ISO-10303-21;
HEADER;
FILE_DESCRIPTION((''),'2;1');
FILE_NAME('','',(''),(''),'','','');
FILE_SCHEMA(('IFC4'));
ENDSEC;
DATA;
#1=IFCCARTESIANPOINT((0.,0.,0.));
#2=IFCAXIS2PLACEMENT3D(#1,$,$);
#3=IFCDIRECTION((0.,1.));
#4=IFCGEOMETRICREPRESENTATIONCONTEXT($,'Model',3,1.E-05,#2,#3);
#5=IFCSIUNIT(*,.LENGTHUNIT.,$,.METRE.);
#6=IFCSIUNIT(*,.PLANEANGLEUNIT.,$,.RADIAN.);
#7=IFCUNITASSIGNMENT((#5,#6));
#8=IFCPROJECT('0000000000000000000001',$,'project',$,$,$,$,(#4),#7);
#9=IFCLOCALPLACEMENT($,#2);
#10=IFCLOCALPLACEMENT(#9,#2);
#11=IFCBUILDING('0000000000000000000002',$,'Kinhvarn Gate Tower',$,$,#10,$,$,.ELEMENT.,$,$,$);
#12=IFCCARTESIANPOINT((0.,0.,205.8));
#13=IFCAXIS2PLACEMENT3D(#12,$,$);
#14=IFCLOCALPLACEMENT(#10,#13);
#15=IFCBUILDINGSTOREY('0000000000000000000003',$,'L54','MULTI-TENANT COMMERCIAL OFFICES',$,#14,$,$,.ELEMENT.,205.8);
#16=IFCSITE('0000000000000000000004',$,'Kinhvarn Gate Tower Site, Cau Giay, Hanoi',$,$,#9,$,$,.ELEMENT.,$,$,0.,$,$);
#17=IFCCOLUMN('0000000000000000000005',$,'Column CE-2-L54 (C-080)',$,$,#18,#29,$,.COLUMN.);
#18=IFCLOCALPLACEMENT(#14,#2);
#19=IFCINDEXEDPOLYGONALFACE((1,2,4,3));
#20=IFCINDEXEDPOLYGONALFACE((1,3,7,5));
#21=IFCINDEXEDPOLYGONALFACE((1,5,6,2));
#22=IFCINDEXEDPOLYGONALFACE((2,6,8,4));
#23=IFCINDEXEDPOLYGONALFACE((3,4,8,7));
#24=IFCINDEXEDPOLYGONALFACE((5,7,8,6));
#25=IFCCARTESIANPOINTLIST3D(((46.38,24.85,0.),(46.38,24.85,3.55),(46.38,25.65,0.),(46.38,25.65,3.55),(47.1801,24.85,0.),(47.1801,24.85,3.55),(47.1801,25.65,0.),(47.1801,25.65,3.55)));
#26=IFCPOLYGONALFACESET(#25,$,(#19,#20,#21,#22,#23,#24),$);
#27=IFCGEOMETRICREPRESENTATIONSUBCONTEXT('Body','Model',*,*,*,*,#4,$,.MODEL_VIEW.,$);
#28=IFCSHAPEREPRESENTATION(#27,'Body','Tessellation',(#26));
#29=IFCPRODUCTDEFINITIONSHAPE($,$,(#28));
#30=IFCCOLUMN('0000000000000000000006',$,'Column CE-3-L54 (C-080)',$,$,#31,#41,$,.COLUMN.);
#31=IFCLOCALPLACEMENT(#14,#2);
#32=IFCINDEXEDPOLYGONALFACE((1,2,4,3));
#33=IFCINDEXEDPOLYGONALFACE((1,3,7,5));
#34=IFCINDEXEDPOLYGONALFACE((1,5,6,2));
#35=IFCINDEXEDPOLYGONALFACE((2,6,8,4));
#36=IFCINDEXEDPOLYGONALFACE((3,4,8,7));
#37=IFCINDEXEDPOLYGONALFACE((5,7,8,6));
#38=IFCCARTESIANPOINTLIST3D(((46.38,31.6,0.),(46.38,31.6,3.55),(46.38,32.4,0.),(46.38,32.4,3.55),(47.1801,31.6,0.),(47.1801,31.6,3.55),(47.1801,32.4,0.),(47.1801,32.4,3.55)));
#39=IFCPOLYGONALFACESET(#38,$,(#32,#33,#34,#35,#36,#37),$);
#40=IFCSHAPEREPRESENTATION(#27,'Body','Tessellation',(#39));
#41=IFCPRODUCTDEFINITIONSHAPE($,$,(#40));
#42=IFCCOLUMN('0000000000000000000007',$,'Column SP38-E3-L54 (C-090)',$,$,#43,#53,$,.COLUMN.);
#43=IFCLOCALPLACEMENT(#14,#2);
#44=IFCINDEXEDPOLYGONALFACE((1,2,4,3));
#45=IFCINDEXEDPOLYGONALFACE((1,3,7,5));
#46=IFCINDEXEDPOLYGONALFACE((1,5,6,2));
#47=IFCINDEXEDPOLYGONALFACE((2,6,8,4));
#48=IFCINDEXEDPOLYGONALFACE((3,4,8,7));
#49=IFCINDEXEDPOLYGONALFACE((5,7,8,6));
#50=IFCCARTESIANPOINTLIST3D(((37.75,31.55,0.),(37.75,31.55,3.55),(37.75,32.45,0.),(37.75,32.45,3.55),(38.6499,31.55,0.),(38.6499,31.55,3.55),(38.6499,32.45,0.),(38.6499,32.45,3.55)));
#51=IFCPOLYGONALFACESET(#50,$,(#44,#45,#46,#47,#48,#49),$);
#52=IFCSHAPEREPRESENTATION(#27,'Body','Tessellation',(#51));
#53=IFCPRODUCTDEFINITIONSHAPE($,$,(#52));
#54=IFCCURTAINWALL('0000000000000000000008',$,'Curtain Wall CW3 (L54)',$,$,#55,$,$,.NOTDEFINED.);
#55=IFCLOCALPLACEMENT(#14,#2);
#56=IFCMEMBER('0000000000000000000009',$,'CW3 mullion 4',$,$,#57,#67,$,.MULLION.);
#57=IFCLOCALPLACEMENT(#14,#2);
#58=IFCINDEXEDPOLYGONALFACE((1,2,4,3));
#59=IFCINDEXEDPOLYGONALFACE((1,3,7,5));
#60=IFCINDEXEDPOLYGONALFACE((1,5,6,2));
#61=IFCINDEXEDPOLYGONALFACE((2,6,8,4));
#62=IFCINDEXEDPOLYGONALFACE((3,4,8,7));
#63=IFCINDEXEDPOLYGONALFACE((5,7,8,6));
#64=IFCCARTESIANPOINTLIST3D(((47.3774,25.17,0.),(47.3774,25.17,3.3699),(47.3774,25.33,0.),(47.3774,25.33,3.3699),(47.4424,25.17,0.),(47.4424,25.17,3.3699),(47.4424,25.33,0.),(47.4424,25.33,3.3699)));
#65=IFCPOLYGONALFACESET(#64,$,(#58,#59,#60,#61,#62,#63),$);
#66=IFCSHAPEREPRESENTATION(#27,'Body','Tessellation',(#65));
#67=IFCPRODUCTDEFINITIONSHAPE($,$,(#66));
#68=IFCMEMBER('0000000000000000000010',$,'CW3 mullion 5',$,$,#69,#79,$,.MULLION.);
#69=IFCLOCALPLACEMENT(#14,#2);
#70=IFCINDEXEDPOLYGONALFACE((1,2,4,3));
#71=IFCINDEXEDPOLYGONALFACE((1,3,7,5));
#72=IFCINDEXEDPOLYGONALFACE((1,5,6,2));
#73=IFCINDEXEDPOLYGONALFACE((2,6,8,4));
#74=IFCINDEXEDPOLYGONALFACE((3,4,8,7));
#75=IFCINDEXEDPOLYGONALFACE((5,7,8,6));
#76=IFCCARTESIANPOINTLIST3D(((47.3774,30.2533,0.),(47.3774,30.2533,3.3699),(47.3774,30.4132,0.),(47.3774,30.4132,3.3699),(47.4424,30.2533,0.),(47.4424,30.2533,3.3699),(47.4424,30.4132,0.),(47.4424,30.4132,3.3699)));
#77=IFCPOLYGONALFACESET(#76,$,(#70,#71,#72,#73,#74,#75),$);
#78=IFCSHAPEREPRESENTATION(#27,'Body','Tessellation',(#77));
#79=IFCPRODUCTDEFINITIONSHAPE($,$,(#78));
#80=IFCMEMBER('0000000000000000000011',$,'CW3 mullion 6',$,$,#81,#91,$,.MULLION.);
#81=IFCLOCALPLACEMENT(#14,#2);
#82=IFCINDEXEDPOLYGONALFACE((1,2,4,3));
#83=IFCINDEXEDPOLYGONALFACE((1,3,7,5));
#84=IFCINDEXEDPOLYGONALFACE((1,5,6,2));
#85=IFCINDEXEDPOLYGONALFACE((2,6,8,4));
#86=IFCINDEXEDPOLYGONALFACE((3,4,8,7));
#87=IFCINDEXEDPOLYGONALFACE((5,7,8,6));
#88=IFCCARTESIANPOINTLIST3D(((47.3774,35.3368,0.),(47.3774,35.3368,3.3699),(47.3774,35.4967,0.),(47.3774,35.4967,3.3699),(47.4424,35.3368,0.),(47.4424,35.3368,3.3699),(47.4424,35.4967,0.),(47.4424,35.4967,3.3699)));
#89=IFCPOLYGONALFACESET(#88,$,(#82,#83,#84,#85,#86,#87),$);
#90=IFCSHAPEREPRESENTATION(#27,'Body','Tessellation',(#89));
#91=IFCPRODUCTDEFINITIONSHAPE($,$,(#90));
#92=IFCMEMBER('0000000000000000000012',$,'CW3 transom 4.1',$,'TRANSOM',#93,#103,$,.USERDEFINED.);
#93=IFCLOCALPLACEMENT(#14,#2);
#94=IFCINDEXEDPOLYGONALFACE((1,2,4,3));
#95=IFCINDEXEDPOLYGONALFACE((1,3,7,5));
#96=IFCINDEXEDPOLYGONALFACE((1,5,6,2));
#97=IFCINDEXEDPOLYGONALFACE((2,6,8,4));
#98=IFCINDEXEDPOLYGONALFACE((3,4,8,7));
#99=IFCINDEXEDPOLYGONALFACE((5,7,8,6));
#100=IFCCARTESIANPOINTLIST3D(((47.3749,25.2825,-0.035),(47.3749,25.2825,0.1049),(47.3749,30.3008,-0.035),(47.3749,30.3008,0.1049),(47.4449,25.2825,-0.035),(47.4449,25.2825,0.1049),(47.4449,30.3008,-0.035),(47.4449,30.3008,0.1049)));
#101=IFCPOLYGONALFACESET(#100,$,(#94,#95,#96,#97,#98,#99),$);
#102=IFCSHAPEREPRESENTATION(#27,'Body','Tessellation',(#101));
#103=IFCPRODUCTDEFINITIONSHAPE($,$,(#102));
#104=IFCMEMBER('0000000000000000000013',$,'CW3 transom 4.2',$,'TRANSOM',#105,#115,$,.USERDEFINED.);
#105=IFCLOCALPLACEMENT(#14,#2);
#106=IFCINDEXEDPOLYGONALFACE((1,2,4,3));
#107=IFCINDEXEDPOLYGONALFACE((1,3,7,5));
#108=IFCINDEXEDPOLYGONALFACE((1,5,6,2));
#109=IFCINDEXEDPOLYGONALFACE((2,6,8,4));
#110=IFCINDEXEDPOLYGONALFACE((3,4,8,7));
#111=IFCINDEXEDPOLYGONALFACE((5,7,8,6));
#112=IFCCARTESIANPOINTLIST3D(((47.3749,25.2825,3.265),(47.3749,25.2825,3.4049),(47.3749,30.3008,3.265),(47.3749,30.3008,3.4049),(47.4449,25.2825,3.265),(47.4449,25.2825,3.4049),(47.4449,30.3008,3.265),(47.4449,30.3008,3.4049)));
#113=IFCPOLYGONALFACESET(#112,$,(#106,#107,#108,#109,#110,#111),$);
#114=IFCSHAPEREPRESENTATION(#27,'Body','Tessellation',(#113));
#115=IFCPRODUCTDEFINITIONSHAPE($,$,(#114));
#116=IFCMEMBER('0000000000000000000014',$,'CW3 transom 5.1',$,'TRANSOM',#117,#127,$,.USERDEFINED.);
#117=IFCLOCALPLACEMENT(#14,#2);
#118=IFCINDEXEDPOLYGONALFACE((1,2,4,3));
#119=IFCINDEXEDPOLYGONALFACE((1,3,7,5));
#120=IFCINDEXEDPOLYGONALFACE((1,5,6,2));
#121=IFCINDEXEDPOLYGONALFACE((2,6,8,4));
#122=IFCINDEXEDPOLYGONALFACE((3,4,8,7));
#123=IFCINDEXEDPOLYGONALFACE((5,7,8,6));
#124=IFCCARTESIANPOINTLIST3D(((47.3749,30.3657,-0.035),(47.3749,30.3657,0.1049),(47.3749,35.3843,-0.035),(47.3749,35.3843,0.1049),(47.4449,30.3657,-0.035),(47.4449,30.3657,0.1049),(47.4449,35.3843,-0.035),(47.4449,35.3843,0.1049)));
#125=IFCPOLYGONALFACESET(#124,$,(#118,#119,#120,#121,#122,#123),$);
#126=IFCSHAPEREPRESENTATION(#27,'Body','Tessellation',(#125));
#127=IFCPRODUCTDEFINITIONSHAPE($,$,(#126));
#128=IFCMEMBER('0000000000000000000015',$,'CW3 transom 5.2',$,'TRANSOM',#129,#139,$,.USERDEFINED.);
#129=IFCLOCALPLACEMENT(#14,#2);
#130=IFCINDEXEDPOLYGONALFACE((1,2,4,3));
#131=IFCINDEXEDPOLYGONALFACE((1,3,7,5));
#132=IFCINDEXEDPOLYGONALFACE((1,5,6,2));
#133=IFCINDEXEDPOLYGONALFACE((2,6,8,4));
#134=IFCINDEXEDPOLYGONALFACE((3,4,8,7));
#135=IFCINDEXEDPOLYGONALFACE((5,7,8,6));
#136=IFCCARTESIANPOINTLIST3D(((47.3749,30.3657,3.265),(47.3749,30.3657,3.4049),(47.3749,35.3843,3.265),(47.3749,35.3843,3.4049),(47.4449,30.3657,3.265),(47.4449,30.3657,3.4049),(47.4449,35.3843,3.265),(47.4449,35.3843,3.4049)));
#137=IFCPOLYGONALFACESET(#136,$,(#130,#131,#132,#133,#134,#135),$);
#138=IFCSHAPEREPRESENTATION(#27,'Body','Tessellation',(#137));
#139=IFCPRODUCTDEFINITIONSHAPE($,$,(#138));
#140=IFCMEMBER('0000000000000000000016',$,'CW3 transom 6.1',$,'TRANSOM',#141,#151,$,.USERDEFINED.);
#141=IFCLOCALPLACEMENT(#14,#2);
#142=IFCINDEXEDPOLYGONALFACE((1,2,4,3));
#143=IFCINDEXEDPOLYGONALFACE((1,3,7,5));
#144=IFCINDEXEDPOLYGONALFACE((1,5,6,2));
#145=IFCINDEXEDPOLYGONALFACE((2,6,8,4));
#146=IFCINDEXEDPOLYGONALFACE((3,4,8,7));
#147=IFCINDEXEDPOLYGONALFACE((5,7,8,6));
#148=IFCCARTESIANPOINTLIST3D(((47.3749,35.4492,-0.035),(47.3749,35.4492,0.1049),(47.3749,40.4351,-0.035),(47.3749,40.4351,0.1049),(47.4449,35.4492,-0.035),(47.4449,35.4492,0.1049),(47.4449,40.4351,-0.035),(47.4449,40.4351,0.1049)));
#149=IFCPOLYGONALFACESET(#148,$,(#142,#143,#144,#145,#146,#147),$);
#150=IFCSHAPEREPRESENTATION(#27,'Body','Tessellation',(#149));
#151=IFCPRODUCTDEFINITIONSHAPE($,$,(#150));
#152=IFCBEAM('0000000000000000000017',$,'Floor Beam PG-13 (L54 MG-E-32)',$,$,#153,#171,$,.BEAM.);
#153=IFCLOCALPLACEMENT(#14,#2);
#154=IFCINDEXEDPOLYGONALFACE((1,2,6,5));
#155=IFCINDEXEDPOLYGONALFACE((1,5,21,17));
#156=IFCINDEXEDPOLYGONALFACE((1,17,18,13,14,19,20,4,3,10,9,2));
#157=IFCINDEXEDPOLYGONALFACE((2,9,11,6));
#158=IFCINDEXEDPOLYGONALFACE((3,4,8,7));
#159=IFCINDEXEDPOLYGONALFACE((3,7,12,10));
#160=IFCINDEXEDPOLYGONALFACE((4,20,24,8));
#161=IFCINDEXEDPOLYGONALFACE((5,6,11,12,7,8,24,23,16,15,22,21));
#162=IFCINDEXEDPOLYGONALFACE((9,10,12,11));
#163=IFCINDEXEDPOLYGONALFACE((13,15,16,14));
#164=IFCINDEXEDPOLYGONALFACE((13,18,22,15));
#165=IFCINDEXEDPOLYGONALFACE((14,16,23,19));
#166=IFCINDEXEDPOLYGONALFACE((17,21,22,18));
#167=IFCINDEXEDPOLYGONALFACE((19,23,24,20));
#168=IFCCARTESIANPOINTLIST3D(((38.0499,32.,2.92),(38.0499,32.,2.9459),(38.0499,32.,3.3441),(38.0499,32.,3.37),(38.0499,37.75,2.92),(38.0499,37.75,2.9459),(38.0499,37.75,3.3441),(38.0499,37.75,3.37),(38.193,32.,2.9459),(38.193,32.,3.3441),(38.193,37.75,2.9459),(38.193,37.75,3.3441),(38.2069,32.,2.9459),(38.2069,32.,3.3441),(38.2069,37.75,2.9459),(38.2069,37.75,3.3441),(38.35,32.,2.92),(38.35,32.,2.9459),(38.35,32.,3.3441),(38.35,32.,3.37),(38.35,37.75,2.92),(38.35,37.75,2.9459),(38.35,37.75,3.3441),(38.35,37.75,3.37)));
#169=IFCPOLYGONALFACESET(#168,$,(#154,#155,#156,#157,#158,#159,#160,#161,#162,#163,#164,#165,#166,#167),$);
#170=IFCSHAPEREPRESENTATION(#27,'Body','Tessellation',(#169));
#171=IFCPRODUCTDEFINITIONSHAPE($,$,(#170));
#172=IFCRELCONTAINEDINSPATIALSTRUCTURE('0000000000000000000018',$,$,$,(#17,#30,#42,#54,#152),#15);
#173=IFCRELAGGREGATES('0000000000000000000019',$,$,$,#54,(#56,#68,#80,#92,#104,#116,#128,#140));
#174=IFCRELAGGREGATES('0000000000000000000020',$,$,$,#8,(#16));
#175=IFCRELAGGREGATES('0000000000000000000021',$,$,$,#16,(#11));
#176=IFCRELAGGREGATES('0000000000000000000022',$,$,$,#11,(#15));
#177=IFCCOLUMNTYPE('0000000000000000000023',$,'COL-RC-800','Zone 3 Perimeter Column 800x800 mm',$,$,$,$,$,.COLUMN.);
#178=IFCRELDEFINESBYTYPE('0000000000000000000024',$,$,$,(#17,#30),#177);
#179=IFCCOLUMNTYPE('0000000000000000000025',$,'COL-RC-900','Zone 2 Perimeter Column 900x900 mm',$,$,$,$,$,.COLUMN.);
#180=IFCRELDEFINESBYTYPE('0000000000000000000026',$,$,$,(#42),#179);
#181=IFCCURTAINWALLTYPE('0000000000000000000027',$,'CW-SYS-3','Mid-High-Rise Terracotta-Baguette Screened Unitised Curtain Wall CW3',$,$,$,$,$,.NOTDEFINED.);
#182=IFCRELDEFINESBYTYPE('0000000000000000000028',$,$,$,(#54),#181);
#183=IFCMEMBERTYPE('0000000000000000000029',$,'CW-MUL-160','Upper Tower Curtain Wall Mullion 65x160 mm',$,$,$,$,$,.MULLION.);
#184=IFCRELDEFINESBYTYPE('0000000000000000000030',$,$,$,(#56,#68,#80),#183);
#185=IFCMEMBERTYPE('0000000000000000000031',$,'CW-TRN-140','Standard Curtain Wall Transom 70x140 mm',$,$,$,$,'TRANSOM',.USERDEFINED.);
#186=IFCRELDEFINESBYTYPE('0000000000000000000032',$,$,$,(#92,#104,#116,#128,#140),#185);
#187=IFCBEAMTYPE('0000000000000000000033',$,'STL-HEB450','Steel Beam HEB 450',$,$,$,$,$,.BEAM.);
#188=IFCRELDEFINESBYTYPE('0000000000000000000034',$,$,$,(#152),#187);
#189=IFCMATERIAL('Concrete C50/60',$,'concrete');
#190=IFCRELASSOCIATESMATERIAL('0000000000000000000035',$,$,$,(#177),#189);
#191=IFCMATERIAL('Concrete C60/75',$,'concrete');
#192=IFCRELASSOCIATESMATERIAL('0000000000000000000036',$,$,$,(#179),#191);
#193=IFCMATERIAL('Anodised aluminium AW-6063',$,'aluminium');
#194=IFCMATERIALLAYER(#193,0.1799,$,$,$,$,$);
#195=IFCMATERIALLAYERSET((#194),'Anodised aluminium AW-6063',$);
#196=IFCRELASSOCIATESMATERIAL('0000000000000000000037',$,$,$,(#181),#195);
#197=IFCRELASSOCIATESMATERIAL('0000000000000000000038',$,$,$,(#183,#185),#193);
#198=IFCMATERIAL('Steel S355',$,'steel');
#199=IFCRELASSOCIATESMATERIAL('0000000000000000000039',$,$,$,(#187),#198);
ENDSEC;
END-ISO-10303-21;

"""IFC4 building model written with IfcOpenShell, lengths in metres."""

from ifc_helpers import new_model, si_unit, direction, frame, origin, origin_2d, place, context, subcontext, project, spatial, rectangle, i_section, extrude, material, layer, layer_set, material_profile, profile_set, type_object, element, aggregate, save


model = new_model("IFC4")

# Units and contexts
model_context = context("Model", 3, precision=1e-05, world=origin(), true_north=direction((0.0, 1.0)))
body_context = subcontext(model_context, "Body", "Model", "MODEL_VIEW")
ifc_project = project(units=[si_unit("LENGTHUNIT", "METRE"), si_unit("PLANEANGLEUNIT", "RADIAN")], contexts=[model_context])

# Site, building, storey
site_placement = place(None, origin())
site = spatial("IfcSite", under=ifc_project, at=site_placement, Name="Kinhvarn Gate Tower Site, Cau Giay, Hanoi", CompositionType="ELEMENT", RefElevation=0.0)
building_placement = place(site_placement, origin())
building = spatial("IfcBuilding", under=site, at=building_placement, Name="Kinhvarn Gate Tower", CompositionType="ELEMENT")
storey_placement = place(building_placement, frame((0.0, 0.0, 205.8)))
storey = spatial("IfcBuildingStorey", under=building, at=storey_placement, Name="L54", Description="MULTI-TENANT COMMERCIAL OFFICES", CompositionType="ELEMENT", Elevation=205.8)

# Columns
ifc_material_1 = material(Name="Concrete C50/60", Category="concrete")
ifc_material_profile_1 = material_profile(ifc_material_1, rectangle(XDim=0.8, YDim=0.8, at=origin_2d()), Name="RC 800x800")
ifc_profile_set_1 = profile_set([ifc_material_profile_1], Name="Concrete C50/60")
column_type_1 = type_object("IfcColumnType", Name="COL-RC-800", Description="Zone 3 Perimeter Column 800x800 mm", PredefinedType="COLUMN", material=ifc_profile_set_1)
for number, where, z_axis, x_axis, name in (
    (1, (46.78, 25.25, 0.0), (0.0, 0.0, 1.0), (1.0, 0.0, 0.0), "Column CE-2-L54 (C-080)"),
    (2, (46.78, 32.0, 0.0), (0.0, 0.0, 1.0), (1.0, 0.0, 0.0), "Column CE-3-L54 (C-080)"),
):
    element("IfcColumn", number, at=place(storey_placement, frame(where, z_axis=z_axis, x_axis=x_axis)), inside=storey, type_object=column_type_1, Name=name, PredefinedType="COLUMN", context=body_context, shape_type="SweptSolid", body=[
        extrude(rectangle(XDim=0.8, YDim=0.8, at=origin_2d()), origin(), (0.0, 0.0, 1.0), 3.55),
    ])
ifc_material_2 = material(Name="Concrete C60/75", Category="concrete")
ifc_material_profile_2 = material_profile(ifc_material_2, rectangle(XDim=0.8999, YDim=0.8999, at=origin_2d()), Name="RC 900x900")
ifc_profile_set_2 = profile_set([ifc_material_profile_2], Name="Concrete C60/75")
column_type_2 = type_object("IfcColumnType", Name="COL-RC-900", Description="Zone 2 Perimeter Column 900x900 mm", PredefinedType="COLUMN", material=ifc_profile_set_2)
column_placement = place(storey_placement, frame((38.2, 32.0, 0.0), z_axis=(0.0, 0.0, 1.0), x_axis=(1.0, 0.0, 0.0)))
element("IfcColumn", 3, at=column_placement, inside=storey, type_object=column_type_2, Name="Column SP38-E3-L54 (C-090)", PredefinedType="COLUMN", context=body_context, shape_type="SweptSolid", body=[
    extrude(rectangle(XDim=0.8999, YDim=0.8999, at=origin_2d()), origin(), (0.0, 0.0, 1.0), 3.55),
])

# Curtain wall, members
ifc_material_3 = material(Name="Anodised aluminium AW-6063", Category="aluminium")
ifc_layer_1 = layer(ifc_material_3, 0.1799)
ifc_layer_set_1 = layer_set([ifc_layer_1], Name="Anodised aluminium AW-6063")
curtain_wall_type = type_object("IfcCurtainWallType", Name="CW-SYS-3", Description="Mid-High-Rise Terracotta-Baguette Screened Unitised Curtain Wall CW3", PredefinedType="NOTDEFINED", material=ifc_layer_set_1)
curtain_wall_placement = place(storey_placement, origin())
curtain_wall = element("IfcCurtainWall", 4, at=curtain_wall_placement, inside=storey, type_object=curtain_wall_type, Name="Curtain Wall CW3 (L54)", PredefinedType="NOTDEFINED")
ifc_material_profile_3 = material_profile(ifc_material_3, rectangle(XDim=0.0649, YDim=0.1599, at=origin_2d()), Name="ALU 65x160")
ifc_profile_set_3 = profile_set([ifc_material_profile_3], Name="Anodised aluminium AW-6063")
member_type_1 = type_object("IfcMemberType", Name="CW-MUL-160", Description="Upper Tower Curtain Wall Mullion 65x160 mm", PredefinedType="MULLION", material=ifc_profile_set_3)
member_1_placement = place(storey_placement, frame((47.4099, 25.25, 0.0), z_axis=(0.0, 0.0, 1.0), x_axis=(-1.0, 0.0, 0.0)))
member_1 = element("IfcMember", 5, at=member_1_placement, type_object=member_type_1, Name="CW3 mullion 4", PredefinedType="MULLION", context=body_context, shape_type="SweptSolid", body=[
    extrude(rectangle(XDim=0.0649, YDim=0.1599, at=origin_2d()), origin(), (0.0, 0.0, 1.0), 3.3699),
])
member_2_placement = place(storey_placement, frame((47.4099, 30.3333, 0.0), z_axis=(0.0, 0.0, 1.0), x_axis=(-1.0, 0.0, 0.0)))
member_2 = element("IfcMember", 6, at=member_2_placement, type_object=member_type_1, Name="CW3 mullion 5", PredefinedType="MULLION", context=body_context, shape_type="SweptSolid", body=[
    extrude(rectangle(XDim=0.0649, YDim=0.1599, at=origin_2d()), origin(), (0.0, 0.0, 1.0), 3.3699),
])
member_3_placement = place(storey_placement, frame((47.4099, 35.4167, 0.0), z_axis=(0.0, 0.0, 1.0), x_axis=(-1.0, 0.0, 0.0)))
member_3 = element("IfcMember", 7, at=member_3_placement, type_object=member_type_1, Name="CW3 mullion 6", PredefinedType="MULLION", context=body_context, shape_type="SweptSolid", body=[
    extrude(rectangle(XDim=0.0649, YDim=0.1599, at=origin_2d()), origin(), (0.0, 0.0, 1.0), 3.3699),
])
ifc_material_profile_4 = material_profile(ifc_material_3, rectangle(XDim=0.0701, YDim=0.1399, at=origin_2d()), Name="ALU 70x140")
ifc_profile_set_4 = profile_set([ifc_material_profile_4], Name="Anodised aluminium AW-6063")
member_type_2 = type_object("IfcMemberType", Name="CW-TRN-140", Description="Standard Curtain Wall Transom 70x140 mm", ElementType="TRANSOM", PredefinedType="USERDEFINED", material=ifc_profile_set_4)
member_4_placement = place(storey_placement, frame((47.4099, 25.2825, 0.0349), z_axis=(0.0, 1.0, 0.0), x_axis=(-1.0, 0.0, 0.0)))
member_4 = element("IfcMember", 8, at=member_4_placement, type_object=member_type_2, Name="CW3 transom 4.1", ObjectType="TRANSOM", PredefinedType="USERDEFINED", context=body_context, shape_type="SweptSolid", body=[
    extrude(rectangle(XDim=0.0701, YDim=0.1399, at=origin_2d()), origin(), (0.0, 0.0, 1.0), 5.0183),
])
member_5_placement = place(storey_placement, frame((47.4099, 25.2825, 3.335), z_axis=(0.0, 1.0, 0.0), x_axis=(-1.0, 0.0, 0.0)))
member_5 = element("IfcMember", 9, at=member_5_placement, type_object=member_type_2, Name="CW3 transom 4.2", ObjectType="TRANSOM", PredefinedType="USERDEFINED", context=body_context, shape_type="SweptSolid", body=[
    extrude(rectangle(XDim=0.0701, YDim=0.1399, at=origin_2d()), origin(), (0.0, 0.0, 1.0), 5.0183),
])
member_6_placement = place(storey_placement, frame((47.4099, 30.3657, 0.0349), z_axis=(0.0, 1.0, 0.0), x_axis=(-1.0, 0.0, 0.0)))
member_6 = element("IfcMember", 10, at=member_6_placement, type_object=member_type_2, Name="CW3 transom 5.1", ObjectType="TRANSOM", PredefinedType="USERDEFINED", context=body_context, shape_type="SweptSolid", body=[
    extrude(rectangle(XDim=0.0701, YDim=0.1399, at=origin_2d()), origin(), (0.0, 0.0, 1.0), 5.0186),
])
member_7_placement = place(storey_placement, frame((47.4099, 30.3657, 3.335), z_axis=(0.0, 1.0, 0.0), x_axis=(-1.0, 0.0, 0.0)))
member_7 = element("IfcMember", 11, at=member_7_placement, type_object=member_type_2, Name="CW3 transom 5.2", ObjectType="TRANSOM", PredefinedType="USERDEFINED", context=body_context, shape_type="SweptSolid", body=[
    extrude(rectangle(XDim=0.0701, YDim=0.1399, at=origin_2d()), origin(), (0.0, 0.0, 1.0), 5.0186),
])
member_8_placement = place(storey_placement, frame((47.4099, 35.4492, 0.0349), z_axis=(0.0, 1.0, 0.0), x_axis=(-1.0, 0.0, 0.0)))
member_8 = element("IfcMember", 12, at=member_8_placement, type_object=member_type_2, Name="CW3 transom 6.1", ObjectType="TRANSOM", PredefinedType="USERDEFINED", context=body_context, shape_type="SweptSolid", body=[
    extrude(rectangle(XDim=0.0701, YDim=0.1399, at=origin_2d()), origin(), (0.0, 0.0, 1.0), 4.9858),
])

# Beam
ifc_material_4 = material(Name="Steel S355", Category="steel")
ifc_material_profile_5 = material_profile(ifc_material_4, i_section(OverallWidth=0.3, OverallDepth=0.45, WebThickness=0.0139, FlangeThickness=0.0259, at=origin_2d()), Name="HEB 450")
ifc_profile_set_5 = profile_set([ifc_material_profile_5], Name="Steel S355")
beam_type_1 = type_object("IfcBeamType", Name="STL-HEB450", Description="Steel Beam HEB 450", PredefinedType="BEAM", material=ifc_profile_set_5)
beam_1_placement = place(storey_placement, frame((38.2, 32.0, 3.145), z_axis=(0.0, 1.0, 0.0), x_axis=(-1.0, 0.0, 0.0)))
element("IfcBeam", 13, at=beam_1_placement, inside=storey, type_object=beam_type_1, Name="Floor Beam PG-13 (L54 MG-E-32)", PredefinedType="BEAM", context=body_context, shape_type="SweptSolid", body=[
    extrude(i_section(OverallWidth=0.3, OverallDepth=0.45, WebThickness=0.0139, FlangeThickness=0.0259, at=origin_2d()), origin(), (0.0, 0.0, 1.0), 5.75),
])

aggregate(curtain_wall, [member_1, member_2, member_3, member_4, member_5, member_6, member_7, member_8])

save(model, "model.ifc")
